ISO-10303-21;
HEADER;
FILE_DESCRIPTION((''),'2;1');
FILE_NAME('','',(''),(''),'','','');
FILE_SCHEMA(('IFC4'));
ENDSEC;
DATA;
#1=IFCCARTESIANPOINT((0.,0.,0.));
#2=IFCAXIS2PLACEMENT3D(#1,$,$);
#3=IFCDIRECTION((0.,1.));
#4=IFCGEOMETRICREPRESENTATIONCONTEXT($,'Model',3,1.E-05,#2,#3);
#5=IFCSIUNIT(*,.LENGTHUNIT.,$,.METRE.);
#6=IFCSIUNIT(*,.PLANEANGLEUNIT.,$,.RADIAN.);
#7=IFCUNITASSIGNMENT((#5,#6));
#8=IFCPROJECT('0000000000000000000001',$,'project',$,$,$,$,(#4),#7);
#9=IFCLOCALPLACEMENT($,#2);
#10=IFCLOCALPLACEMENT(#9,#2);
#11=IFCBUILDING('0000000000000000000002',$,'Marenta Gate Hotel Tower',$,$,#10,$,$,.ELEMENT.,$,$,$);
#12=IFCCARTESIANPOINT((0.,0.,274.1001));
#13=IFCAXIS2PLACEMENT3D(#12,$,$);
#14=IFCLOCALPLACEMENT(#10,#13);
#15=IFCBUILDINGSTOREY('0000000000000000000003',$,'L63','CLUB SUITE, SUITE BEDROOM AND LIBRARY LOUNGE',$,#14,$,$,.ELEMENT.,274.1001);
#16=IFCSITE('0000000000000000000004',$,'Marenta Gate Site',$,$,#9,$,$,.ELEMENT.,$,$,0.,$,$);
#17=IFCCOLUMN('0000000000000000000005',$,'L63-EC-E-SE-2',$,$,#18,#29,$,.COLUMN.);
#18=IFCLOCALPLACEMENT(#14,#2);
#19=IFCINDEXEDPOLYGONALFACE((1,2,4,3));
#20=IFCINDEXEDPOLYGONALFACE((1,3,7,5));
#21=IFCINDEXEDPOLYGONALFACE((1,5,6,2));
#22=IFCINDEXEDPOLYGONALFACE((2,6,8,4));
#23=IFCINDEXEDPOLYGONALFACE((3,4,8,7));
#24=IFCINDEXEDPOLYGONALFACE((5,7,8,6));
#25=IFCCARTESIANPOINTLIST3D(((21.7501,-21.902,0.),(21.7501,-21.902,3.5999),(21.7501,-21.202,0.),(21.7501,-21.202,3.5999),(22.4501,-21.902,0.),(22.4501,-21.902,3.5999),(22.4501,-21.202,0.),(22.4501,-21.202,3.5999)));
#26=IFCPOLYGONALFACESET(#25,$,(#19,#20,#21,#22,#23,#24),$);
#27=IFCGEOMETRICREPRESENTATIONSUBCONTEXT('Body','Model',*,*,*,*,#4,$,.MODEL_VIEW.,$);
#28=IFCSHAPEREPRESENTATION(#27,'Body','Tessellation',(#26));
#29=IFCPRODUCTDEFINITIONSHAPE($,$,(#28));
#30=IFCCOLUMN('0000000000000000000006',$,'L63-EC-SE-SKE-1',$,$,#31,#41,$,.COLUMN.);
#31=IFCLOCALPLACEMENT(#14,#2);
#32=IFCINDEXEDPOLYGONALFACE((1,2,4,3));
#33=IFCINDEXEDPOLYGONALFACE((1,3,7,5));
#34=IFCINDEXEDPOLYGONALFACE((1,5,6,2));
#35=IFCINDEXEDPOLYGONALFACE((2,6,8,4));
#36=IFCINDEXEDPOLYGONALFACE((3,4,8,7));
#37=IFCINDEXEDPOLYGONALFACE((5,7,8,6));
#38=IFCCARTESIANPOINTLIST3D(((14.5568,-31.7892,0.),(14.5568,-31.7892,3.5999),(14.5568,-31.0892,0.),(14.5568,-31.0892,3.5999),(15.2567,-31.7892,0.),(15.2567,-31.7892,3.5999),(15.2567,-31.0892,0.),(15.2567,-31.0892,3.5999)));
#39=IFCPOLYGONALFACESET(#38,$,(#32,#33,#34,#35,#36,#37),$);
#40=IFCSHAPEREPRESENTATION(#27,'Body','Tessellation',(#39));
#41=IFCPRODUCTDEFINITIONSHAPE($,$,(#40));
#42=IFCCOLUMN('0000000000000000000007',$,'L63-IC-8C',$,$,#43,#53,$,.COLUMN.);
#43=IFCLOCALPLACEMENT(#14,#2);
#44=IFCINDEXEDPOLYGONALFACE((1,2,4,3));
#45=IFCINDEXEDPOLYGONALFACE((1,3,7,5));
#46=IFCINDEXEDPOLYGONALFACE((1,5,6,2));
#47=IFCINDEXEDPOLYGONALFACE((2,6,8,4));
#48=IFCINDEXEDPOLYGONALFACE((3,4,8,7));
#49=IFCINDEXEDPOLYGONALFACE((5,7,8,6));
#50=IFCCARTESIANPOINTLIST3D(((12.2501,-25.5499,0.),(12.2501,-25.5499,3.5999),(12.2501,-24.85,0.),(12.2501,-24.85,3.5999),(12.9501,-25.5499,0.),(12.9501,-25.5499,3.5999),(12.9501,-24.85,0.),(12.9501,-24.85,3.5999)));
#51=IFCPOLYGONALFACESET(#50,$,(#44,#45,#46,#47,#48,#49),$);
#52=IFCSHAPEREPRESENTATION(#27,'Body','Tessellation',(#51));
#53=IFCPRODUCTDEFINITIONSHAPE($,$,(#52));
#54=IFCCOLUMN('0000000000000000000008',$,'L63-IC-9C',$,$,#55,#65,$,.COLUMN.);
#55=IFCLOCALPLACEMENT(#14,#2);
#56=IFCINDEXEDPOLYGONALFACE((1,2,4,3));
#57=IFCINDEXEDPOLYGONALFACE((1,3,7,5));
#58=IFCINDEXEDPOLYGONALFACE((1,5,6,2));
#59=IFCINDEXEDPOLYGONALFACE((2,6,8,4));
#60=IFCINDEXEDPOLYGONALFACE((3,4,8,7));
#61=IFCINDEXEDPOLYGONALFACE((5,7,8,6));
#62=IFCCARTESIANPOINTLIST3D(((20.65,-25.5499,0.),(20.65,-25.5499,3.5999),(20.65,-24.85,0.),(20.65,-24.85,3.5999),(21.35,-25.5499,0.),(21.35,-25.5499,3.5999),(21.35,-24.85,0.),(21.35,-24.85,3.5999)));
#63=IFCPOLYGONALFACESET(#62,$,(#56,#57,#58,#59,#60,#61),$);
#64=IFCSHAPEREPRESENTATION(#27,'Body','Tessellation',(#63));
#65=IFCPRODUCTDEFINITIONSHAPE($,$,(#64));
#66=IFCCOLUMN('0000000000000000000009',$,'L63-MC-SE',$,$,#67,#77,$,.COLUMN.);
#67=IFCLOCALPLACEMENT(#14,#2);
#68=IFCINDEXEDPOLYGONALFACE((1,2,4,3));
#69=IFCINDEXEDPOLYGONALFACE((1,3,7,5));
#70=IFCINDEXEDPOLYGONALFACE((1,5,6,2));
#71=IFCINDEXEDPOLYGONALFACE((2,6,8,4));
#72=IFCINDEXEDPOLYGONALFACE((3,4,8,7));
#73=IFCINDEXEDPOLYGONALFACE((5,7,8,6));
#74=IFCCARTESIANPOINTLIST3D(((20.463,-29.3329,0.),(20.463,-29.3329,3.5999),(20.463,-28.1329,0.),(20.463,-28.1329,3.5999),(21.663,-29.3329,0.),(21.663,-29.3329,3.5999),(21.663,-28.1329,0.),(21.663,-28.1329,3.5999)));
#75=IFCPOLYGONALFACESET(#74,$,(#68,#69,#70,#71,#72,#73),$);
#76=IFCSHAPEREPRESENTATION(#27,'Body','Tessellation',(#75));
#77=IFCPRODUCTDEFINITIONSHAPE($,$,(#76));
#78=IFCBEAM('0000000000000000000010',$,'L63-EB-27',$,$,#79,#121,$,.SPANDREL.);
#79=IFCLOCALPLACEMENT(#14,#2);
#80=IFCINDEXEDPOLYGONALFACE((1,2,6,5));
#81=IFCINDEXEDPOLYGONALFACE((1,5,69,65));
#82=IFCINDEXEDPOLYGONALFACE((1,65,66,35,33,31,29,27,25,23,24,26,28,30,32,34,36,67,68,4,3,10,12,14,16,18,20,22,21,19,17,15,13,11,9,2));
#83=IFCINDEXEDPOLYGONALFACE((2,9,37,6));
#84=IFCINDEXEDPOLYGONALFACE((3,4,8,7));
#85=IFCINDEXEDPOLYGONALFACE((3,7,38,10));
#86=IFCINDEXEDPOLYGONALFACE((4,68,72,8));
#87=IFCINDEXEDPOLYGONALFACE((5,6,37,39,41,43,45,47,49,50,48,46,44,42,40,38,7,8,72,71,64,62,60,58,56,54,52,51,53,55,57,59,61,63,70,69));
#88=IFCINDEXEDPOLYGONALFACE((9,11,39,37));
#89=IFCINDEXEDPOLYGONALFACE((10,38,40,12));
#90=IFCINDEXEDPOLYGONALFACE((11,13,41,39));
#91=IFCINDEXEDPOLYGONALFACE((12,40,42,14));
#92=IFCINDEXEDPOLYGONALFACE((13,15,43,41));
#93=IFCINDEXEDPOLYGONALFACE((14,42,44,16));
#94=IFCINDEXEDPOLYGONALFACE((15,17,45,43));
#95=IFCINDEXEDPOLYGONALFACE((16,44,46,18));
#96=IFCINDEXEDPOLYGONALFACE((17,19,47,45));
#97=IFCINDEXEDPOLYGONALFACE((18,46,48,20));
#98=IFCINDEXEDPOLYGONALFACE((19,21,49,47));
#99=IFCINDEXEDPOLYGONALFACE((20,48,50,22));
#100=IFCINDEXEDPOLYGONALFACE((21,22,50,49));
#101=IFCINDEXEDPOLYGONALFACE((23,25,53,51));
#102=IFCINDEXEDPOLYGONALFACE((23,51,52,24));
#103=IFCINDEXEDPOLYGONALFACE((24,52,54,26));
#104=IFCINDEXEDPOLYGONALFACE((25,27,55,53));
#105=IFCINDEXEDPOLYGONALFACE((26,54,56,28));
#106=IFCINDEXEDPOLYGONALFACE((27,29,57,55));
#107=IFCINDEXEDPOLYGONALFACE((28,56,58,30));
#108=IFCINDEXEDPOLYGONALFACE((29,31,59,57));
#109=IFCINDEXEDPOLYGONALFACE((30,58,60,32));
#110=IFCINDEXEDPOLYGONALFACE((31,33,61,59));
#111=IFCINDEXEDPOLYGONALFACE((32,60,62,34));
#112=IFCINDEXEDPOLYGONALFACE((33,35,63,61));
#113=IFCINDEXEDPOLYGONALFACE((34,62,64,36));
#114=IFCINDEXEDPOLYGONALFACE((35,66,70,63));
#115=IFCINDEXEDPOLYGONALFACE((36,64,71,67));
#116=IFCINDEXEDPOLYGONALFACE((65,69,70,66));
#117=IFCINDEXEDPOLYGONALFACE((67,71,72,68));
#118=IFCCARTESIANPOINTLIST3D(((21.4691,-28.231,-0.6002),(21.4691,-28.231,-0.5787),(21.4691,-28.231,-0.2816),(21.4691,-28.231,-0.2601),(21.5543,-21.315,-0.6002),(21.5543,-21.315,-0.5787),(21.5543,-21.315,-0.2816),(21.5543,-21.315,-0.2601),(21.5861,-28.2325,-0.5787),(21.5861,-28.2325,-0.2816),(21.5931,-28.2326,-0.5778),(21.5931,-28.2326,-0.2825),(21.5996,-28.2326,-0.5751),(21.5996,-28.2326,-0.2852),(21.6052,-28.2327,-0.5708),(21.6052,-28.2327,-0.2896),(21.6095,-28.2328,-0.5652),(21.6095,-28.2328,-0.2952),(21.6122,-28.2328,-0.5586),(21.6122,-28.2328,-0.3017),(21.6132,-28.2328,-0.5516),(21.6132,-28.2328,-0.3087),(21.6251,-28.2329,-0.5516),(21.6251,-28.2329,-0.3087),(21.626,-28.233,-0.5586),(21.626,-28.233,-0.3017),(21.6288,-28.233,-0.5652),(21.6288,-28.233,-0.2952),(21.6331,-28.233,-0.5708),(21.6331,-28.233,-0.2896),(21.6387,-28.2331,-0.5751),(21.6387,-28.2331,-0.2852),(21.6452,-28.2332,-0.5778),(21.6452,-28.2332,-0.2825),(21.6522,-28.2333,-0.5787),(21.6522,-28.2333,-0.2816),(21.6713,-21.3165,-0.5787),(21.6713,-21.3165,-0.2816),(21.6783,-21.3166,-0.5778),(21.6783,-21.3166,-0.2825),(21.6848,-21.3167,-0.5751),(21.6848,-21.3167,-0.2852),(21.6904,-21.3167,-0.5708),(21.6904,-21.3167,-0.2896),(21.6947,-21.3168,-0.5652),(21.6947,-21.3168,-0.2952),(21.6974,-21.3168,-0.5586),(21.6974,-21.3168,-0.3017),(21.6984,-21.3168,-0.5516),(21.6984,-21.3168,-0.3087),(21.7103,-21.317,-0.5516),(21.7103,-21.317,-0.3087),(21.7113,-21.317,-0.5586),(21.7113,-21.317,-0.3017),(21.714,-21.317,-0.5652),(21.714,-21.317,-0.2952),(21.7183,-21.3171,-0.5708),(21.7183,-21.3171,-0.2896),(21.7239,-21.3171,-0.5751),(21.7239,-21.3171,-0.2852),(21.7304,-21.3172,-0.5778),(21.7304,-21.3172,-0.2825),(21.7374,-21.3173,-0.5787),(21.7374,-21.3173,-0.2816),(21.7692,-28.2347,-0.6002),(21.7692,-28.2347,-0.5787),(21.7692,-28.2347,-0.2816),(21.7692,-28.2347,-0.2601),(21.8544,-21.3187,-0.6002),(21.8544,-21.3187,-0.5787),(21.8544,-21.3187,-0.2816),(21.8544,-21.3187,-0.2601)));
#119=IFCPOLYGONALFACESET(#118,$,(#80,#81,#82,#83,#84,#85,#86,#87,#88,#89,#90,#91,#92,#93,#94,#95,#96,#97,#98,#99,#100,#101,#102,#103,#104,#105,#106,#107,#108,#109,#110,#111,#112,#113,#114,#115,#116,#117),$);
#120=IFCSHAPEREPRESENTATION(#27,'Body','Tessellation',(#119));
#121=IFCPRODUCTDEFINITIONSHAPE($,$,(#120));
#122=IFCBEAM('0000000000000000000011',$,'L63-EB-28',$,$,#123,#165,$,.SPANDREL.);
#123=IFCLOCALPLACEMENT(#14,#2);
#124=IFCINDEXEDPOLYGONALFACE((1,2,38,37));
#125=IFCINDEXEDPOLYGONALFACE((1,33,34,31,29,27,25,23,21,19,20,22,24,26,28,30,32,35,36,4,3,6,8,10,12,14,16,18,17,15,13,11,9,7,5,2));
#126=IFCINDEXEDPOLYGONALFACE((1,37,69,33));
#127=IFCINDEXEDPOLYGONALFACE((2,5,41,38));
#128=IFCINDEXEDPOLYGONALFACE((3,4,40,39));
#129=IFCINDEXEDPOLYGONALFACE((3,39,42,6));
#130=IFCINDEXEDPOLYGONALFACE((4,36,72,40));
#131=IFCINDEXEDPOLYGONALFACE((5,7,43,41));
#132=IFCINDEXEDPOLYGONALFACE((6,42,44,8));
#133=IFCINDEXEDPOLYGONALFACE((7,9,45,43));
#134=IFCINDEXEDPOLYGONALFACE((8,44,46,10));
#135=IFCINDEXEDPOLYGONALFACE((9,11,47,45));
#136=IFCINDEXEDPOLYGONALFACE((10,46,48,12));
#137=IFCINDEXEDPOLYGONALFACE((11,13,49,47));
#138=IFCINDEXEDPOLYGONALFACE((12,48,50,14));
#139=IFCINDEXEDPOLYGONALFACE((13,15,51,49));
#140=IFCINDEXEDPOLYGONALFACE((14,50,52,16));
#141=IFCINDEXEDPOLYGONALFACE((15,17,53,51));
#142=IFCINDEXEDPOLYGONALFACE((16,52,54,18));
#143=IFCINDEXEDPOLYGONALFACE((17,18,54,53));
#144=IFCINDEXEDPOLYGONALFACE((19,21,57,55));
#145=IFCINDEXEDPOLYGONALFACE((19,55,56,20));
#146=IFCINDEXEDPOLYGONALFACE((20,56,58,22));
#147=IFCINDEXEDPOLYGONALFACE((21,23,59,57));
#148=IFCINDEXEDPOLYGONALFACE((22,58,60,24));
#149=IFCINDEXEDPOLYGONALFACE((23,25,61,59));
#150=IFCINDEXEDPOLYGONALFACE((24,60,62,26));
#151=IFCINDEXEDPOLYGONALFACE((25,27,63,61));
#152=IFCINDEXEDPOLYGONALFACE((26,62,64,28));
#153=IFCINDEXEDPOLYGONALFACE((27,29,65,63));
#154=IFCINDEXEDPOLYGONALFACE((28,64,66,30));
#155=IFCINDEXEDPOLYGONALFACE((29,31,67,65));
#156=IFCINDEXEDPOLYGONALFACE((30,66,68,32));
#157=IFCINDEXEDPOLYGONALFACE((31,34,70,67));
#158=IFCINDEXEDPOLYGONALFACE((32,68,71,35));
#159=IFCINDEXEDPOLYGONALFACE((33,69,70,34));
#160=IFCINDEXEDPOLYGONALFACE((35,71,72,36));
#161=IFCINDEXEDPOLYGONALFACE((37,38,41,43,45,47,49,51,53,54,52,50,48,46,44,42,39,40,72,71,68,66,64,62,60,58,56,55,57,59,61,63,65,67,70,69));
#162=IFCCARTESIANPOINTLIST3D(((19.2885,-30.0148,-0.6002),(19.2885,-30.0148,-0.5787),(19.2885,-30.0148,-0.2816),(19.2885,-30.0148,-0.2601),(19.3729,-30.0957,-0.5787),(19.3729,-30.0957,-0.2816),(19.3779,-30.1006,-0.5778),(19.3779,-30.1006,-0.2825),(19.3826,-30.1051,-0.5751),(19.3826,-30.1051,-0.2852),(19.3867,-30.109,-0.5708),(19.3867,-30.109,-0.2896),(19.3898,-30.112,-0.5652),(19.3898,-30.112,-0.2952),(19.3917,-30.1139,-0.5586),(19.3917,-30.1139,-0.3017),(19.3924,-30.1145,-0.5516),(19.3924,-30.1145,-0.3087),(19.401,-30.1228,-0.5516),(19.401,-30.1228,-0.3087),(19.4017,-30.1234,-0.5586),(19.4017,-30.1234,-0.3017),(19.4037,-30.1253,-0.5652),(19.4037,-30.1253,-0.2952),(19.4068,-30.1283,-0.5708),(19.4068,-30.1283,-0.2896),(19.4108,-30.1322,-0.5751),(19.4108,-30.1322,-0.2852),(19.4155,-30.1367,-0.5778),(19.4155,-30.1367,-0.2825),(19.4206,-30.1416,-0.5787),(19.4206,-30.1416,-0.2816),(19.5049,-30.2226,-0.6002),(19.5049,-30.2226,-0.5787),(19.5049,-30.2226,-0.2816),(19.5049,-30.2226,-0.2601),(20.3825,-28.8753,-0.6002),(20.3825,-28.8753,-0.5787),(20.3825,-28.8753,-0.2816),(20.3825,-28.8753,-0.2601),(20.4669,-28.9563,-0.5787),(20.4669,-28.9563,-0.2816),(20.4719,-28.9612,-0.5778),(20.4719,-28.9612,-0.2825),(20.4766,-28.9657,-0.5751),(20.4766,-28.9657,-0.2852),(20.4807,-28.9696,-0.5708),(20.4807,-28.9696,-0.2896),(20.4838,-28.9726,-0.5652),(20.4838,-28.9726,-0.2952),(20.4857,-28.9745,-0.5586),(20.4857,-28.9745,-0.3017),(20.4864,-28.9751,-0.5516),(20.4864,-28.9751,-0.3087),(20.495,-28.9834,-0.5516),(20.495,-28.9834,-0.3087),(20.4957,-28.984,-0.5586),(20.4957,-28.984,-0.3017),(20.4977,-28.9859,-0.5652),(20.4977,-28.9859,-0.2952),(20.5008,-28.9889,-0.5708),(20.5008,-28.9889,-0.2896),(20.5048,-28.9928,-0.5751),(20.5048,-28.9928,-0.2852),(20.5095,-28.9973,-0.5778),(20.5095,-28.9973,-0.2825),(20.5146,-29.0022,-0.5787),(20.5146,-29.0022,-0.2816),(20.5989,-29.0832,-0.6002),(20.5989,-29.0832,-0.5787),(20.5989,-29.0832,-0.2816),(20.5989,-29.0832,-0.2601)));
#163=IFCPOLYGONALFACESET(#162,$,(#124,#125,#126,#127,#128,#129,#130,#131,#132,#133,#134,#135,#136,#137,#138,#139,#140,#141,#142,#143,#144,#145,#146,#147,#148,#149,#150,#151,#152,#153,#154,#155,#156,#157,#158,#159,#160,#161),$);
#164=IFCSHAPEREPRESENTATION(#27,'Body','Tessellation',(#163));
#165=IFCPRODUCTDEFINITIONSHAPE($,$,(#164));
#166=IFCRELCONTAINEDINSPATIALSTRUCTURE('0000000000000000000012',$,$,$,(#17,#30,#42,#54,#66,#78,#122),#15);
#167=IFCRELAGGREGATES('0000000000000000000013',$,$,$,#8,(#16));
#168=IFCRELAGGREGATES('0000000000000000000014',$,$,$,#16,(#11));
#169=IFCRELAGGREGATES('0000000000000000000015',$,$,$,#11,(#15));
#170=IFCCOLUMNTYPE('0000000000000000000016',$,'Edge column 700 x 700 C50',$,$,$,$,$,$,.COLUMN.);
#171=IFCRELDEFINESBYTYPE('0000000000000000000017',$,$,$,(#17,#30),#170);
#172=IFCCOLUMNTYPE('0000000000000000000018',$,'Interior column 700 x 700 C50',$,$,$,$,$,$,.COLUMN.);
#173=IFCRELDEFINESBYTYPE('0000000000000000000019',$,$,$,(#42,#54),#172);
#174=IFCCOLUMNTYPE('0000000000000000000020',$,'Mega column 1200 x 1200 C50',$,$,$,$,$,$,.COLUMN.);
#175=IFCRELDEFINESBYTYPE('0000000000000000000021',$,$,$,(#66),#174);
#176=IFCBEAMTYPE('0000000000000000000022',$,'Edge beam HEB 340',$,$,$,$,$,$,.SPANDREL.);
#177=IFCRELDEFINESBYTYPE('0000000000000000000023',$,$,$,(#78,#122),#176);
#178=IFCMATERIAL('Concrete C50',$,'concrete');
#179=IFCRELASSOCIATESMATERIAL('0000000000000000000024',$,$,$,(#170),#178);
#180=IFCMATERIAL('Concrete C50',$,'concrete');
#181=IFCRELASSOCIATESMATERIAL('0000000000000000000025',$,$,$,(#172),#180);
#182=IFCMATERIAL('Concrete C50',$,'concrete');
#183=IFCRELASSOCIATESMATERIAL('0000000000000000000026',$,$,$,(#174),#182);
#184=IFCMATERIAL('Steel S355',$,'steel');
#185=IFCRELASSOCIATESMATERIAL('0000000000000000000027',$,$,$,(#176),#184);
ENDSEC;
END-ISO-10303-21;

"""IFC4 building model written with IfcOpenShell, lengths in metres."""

from ifc_helpers import new_model, si_unit, direction, frame, origin, origin_2d, place, context, subcontext, project, spatial, rectangle, i_section, extrude, material, material_profile, profile_set, type_object, element, save


model = new_model("IFC4")

# Units and contexts
model_context = context("Model", 3, precision=1e-05, world=origin(), true_north=direction((0.0, 1.0)))
body_context = subcontext(model_context, "Body", "Model", "MODEL_VIEW")
ifc_project = project(units=[si_unit("LENGTHUNIT", "METRE"), si_unit("PLANEANGLEUNIT", "RADIAN")], contexts=[model_context])

# Site, building, storey
site_placement = place(None, origin())
site = spatial("IfcSite", under=ifc_project, at=site_placement, Name="Marenta Gate Site", CompositionType="ELEMENT", RefElevation=0.0)
building_placement = place(site_placement, origin())
building = spatial("IfcBuilding", under=site, at=building_placement, Name="Marenta Gate Hotel Tower", CompositionType="ELEMENT")
storey_placement = place(building_placement, frame((0.0, 0.0, 274.1001)))
storey = spatial("IfcBuildingStorey", under=building, at=storey_placement, Name="L63", Description="CLUB SUITE, SUITE BEDROOM AND LIBRARY LOUNGE", CompositionType="ELEMENT", Elevation=274.1001)

# Columns
ifc_material_1 = material(Name="Concrete C50", Category="concrete")
ifc_material_profile_1 = material_profile(ifc_material_1, rectangle(XDim=0.7, YDim=0.7, at=origin_2d()), Name="700 x 700")
ifc_profile_set_1 = profile_set([ifc_material_profile_1], Name="Concrete C50")
column_type_1 = type_object("IfcColumnType", Name="Edge column 700 x 700 C50", PredefinedType="COLUMN", material=ifc_profile_set_1)
for number, where, z_axis, x_axis, name in (
    (1, (22.1001, -21.552, 0.0), (0.0, 0.0, 1.0), (1.0, 0.0, 0.0), "L63-EC-E-SE-2"),
    (2, (14.9067, -31.4392, 0.0), (0.0, 0.0, 1.0), (1.0, 0.0, 0.0), "L63-EC-SE-SKE-1"),
):
    element("IfcColumn", number, at=place(storey_placement, frame(where, z_axis=z_axis, x_axis=x_axis)), inside=storey, type_object=column_type_1, Name=name, PredefinedType="COLUMN", context=body_context, shape_type="SweptSolid", body=[
        extrude(rectangle(XDim=0.7, YDim=0.7, at=origin_2d()), origin(), (0.0, 0.0, 1.0), 3.5999),
    ])
ifc_material_2 = material(Name="Concrete C50", Category="concrete")
ifc_material_profile_2 = material_profile(ifc_material_2, rectangle(XDim=0.7, YDim=0.7, at=origin_2d()), Name="700 x 700")
ifc_profile_set_2 = profile_set([ifc_material_profile_2], Name="Concrete C50")
column_type_2 = type_object("IfcColumnType", Name="Interior column 700 x 700 C50", PredefinedType="COLUMN", material=ifc_profile_set_2)
for number, where, z_axis, x_axis, name in (
    (3, (12.6001, -25.2, 0.0), (0.0, 0.0, 1.0), (1.0, 0.0, 0.0), "L63-IC-8C"),
    (4, (21.0, -25.2, 0.0), (0.0, 0.0, 1.0), (1.0, 0.0, 0.0), "L63-IC-9C"),
):
    element("IfcColumn", number, at=place(storey_placement, frame(where, z_axis=z_axis, x_axis=x_axis)), inside=storey, type_object=column_type_2, Name=name, PredefinedType="COLUMN", context=body_context, shape_type="SweptSolid", body=[
        extrude(rectangle(XDim=0.7, YDim=0.7, at=origin_2d()), origin(), (0.0, 0.0, 1.0), 3.5999),
    ])
ifc_material_3 = material(Name="Concrete C50", Category="concrete")
ifc_material_profile_3 = material_profile(ifc_material_3, rectangle(XDim=1.2, YDim=1.2, at=origin_2d()), Name="1200 x 1200")
ifc_profile_set_3 = profile_set([ifc_material_profile_3], Name="Concrete C50")
column_type_3 = type_object("IfcColumnType", Name="Mega column 1200 x 1200 C50", PredefinedType="COLUMN", material=ifc_profile_set_3)
column_placement = place(storey_placement, frame((21.063, -28.7329, 0.0), z_axis=(0.0, 0.0, 1.0), x_axis=(1.0, 0.0, 0.0)))
element("IfcColumn", 5, at=column_placement, inside=storey, type_object=column_type_3, Name="L63-MC-SE", PredefinedType="COLUMN", context=body_context, shape_type="SweptSolid", body=[
    extrude(rectangle(XDim=1.2, YDim=1.2, at=origin_2d()), origin(), (0.0, 0.0, 1.0), 3.5999),
])

# Beams
ifc_material_4 = material(Name="Steel S355", Category="steel")
ifc_material_profile_4 = material_profile(ifc_material_4, i_section(OverallWidth=0.3, OverallDepth=0.3401, WebThickness=0.012, FlangeThickness=0.0215, FilletRadius=0.0271, at=origin_2d()), Name="HEB 340")
ifc_profile_set_4 = profile_set([ifc_material_profile_4], Name="Steel S355")
beam_type_1 = type_object("IfcBeamType", Name="Edge beam HEB 340", PredefinedType="SPANDREL", material=ifc_profile_set_4)
beam_1_placement = place(storey_placement, frame((21.7043, -21.3169, -0.4302), z_axis=(-0.012319, -0.999924, 0.0), x_axis=(0.999924, -0.012319, 0.0)))
element("IfcBeam", 6, at=beam_1_placement, inside=storey, type_object=beam_type_1, Name="L63-EB-27", PredefinedType="SPANDREL", context=body_context, shape_type="SweptSolid", body=[
    extrude(i_section(OverallWidth=0.3, OverallDepth=0.3401, WebThickness=0.012, FlangeThickness=0.0215, FilletRadius=0.0271, at=origin_2d()), origin(), (0.0, 0.0, 1.0), 6.9165),
])
beam_2_placement = place(storey_placement, frame((20.4907, -28.9792, -0.4302), z_axis=(-0.692587, -0.721335, 0.0), x_axis=(0.721335, -0.692587, 0.0)))
element("IfcBeam", 7, at=beam_2_placement, inside=storey, type_object=beam_type_1, Name="L63-EB-28", PredefinedType="SPANDREL", context=body_context, shape_type="SweptSolid", body=[
    extrude(i_section(OverallWidth=0.3, OverallDepth=0.3401, WebThickness=0.012, FlangeThickness=0.0215, FilletRadius=0.0271, at=origin_2d()), origin(), (0.0, 0.0, 1.0), 1.5796),
])

save(model, "model.ifc")
